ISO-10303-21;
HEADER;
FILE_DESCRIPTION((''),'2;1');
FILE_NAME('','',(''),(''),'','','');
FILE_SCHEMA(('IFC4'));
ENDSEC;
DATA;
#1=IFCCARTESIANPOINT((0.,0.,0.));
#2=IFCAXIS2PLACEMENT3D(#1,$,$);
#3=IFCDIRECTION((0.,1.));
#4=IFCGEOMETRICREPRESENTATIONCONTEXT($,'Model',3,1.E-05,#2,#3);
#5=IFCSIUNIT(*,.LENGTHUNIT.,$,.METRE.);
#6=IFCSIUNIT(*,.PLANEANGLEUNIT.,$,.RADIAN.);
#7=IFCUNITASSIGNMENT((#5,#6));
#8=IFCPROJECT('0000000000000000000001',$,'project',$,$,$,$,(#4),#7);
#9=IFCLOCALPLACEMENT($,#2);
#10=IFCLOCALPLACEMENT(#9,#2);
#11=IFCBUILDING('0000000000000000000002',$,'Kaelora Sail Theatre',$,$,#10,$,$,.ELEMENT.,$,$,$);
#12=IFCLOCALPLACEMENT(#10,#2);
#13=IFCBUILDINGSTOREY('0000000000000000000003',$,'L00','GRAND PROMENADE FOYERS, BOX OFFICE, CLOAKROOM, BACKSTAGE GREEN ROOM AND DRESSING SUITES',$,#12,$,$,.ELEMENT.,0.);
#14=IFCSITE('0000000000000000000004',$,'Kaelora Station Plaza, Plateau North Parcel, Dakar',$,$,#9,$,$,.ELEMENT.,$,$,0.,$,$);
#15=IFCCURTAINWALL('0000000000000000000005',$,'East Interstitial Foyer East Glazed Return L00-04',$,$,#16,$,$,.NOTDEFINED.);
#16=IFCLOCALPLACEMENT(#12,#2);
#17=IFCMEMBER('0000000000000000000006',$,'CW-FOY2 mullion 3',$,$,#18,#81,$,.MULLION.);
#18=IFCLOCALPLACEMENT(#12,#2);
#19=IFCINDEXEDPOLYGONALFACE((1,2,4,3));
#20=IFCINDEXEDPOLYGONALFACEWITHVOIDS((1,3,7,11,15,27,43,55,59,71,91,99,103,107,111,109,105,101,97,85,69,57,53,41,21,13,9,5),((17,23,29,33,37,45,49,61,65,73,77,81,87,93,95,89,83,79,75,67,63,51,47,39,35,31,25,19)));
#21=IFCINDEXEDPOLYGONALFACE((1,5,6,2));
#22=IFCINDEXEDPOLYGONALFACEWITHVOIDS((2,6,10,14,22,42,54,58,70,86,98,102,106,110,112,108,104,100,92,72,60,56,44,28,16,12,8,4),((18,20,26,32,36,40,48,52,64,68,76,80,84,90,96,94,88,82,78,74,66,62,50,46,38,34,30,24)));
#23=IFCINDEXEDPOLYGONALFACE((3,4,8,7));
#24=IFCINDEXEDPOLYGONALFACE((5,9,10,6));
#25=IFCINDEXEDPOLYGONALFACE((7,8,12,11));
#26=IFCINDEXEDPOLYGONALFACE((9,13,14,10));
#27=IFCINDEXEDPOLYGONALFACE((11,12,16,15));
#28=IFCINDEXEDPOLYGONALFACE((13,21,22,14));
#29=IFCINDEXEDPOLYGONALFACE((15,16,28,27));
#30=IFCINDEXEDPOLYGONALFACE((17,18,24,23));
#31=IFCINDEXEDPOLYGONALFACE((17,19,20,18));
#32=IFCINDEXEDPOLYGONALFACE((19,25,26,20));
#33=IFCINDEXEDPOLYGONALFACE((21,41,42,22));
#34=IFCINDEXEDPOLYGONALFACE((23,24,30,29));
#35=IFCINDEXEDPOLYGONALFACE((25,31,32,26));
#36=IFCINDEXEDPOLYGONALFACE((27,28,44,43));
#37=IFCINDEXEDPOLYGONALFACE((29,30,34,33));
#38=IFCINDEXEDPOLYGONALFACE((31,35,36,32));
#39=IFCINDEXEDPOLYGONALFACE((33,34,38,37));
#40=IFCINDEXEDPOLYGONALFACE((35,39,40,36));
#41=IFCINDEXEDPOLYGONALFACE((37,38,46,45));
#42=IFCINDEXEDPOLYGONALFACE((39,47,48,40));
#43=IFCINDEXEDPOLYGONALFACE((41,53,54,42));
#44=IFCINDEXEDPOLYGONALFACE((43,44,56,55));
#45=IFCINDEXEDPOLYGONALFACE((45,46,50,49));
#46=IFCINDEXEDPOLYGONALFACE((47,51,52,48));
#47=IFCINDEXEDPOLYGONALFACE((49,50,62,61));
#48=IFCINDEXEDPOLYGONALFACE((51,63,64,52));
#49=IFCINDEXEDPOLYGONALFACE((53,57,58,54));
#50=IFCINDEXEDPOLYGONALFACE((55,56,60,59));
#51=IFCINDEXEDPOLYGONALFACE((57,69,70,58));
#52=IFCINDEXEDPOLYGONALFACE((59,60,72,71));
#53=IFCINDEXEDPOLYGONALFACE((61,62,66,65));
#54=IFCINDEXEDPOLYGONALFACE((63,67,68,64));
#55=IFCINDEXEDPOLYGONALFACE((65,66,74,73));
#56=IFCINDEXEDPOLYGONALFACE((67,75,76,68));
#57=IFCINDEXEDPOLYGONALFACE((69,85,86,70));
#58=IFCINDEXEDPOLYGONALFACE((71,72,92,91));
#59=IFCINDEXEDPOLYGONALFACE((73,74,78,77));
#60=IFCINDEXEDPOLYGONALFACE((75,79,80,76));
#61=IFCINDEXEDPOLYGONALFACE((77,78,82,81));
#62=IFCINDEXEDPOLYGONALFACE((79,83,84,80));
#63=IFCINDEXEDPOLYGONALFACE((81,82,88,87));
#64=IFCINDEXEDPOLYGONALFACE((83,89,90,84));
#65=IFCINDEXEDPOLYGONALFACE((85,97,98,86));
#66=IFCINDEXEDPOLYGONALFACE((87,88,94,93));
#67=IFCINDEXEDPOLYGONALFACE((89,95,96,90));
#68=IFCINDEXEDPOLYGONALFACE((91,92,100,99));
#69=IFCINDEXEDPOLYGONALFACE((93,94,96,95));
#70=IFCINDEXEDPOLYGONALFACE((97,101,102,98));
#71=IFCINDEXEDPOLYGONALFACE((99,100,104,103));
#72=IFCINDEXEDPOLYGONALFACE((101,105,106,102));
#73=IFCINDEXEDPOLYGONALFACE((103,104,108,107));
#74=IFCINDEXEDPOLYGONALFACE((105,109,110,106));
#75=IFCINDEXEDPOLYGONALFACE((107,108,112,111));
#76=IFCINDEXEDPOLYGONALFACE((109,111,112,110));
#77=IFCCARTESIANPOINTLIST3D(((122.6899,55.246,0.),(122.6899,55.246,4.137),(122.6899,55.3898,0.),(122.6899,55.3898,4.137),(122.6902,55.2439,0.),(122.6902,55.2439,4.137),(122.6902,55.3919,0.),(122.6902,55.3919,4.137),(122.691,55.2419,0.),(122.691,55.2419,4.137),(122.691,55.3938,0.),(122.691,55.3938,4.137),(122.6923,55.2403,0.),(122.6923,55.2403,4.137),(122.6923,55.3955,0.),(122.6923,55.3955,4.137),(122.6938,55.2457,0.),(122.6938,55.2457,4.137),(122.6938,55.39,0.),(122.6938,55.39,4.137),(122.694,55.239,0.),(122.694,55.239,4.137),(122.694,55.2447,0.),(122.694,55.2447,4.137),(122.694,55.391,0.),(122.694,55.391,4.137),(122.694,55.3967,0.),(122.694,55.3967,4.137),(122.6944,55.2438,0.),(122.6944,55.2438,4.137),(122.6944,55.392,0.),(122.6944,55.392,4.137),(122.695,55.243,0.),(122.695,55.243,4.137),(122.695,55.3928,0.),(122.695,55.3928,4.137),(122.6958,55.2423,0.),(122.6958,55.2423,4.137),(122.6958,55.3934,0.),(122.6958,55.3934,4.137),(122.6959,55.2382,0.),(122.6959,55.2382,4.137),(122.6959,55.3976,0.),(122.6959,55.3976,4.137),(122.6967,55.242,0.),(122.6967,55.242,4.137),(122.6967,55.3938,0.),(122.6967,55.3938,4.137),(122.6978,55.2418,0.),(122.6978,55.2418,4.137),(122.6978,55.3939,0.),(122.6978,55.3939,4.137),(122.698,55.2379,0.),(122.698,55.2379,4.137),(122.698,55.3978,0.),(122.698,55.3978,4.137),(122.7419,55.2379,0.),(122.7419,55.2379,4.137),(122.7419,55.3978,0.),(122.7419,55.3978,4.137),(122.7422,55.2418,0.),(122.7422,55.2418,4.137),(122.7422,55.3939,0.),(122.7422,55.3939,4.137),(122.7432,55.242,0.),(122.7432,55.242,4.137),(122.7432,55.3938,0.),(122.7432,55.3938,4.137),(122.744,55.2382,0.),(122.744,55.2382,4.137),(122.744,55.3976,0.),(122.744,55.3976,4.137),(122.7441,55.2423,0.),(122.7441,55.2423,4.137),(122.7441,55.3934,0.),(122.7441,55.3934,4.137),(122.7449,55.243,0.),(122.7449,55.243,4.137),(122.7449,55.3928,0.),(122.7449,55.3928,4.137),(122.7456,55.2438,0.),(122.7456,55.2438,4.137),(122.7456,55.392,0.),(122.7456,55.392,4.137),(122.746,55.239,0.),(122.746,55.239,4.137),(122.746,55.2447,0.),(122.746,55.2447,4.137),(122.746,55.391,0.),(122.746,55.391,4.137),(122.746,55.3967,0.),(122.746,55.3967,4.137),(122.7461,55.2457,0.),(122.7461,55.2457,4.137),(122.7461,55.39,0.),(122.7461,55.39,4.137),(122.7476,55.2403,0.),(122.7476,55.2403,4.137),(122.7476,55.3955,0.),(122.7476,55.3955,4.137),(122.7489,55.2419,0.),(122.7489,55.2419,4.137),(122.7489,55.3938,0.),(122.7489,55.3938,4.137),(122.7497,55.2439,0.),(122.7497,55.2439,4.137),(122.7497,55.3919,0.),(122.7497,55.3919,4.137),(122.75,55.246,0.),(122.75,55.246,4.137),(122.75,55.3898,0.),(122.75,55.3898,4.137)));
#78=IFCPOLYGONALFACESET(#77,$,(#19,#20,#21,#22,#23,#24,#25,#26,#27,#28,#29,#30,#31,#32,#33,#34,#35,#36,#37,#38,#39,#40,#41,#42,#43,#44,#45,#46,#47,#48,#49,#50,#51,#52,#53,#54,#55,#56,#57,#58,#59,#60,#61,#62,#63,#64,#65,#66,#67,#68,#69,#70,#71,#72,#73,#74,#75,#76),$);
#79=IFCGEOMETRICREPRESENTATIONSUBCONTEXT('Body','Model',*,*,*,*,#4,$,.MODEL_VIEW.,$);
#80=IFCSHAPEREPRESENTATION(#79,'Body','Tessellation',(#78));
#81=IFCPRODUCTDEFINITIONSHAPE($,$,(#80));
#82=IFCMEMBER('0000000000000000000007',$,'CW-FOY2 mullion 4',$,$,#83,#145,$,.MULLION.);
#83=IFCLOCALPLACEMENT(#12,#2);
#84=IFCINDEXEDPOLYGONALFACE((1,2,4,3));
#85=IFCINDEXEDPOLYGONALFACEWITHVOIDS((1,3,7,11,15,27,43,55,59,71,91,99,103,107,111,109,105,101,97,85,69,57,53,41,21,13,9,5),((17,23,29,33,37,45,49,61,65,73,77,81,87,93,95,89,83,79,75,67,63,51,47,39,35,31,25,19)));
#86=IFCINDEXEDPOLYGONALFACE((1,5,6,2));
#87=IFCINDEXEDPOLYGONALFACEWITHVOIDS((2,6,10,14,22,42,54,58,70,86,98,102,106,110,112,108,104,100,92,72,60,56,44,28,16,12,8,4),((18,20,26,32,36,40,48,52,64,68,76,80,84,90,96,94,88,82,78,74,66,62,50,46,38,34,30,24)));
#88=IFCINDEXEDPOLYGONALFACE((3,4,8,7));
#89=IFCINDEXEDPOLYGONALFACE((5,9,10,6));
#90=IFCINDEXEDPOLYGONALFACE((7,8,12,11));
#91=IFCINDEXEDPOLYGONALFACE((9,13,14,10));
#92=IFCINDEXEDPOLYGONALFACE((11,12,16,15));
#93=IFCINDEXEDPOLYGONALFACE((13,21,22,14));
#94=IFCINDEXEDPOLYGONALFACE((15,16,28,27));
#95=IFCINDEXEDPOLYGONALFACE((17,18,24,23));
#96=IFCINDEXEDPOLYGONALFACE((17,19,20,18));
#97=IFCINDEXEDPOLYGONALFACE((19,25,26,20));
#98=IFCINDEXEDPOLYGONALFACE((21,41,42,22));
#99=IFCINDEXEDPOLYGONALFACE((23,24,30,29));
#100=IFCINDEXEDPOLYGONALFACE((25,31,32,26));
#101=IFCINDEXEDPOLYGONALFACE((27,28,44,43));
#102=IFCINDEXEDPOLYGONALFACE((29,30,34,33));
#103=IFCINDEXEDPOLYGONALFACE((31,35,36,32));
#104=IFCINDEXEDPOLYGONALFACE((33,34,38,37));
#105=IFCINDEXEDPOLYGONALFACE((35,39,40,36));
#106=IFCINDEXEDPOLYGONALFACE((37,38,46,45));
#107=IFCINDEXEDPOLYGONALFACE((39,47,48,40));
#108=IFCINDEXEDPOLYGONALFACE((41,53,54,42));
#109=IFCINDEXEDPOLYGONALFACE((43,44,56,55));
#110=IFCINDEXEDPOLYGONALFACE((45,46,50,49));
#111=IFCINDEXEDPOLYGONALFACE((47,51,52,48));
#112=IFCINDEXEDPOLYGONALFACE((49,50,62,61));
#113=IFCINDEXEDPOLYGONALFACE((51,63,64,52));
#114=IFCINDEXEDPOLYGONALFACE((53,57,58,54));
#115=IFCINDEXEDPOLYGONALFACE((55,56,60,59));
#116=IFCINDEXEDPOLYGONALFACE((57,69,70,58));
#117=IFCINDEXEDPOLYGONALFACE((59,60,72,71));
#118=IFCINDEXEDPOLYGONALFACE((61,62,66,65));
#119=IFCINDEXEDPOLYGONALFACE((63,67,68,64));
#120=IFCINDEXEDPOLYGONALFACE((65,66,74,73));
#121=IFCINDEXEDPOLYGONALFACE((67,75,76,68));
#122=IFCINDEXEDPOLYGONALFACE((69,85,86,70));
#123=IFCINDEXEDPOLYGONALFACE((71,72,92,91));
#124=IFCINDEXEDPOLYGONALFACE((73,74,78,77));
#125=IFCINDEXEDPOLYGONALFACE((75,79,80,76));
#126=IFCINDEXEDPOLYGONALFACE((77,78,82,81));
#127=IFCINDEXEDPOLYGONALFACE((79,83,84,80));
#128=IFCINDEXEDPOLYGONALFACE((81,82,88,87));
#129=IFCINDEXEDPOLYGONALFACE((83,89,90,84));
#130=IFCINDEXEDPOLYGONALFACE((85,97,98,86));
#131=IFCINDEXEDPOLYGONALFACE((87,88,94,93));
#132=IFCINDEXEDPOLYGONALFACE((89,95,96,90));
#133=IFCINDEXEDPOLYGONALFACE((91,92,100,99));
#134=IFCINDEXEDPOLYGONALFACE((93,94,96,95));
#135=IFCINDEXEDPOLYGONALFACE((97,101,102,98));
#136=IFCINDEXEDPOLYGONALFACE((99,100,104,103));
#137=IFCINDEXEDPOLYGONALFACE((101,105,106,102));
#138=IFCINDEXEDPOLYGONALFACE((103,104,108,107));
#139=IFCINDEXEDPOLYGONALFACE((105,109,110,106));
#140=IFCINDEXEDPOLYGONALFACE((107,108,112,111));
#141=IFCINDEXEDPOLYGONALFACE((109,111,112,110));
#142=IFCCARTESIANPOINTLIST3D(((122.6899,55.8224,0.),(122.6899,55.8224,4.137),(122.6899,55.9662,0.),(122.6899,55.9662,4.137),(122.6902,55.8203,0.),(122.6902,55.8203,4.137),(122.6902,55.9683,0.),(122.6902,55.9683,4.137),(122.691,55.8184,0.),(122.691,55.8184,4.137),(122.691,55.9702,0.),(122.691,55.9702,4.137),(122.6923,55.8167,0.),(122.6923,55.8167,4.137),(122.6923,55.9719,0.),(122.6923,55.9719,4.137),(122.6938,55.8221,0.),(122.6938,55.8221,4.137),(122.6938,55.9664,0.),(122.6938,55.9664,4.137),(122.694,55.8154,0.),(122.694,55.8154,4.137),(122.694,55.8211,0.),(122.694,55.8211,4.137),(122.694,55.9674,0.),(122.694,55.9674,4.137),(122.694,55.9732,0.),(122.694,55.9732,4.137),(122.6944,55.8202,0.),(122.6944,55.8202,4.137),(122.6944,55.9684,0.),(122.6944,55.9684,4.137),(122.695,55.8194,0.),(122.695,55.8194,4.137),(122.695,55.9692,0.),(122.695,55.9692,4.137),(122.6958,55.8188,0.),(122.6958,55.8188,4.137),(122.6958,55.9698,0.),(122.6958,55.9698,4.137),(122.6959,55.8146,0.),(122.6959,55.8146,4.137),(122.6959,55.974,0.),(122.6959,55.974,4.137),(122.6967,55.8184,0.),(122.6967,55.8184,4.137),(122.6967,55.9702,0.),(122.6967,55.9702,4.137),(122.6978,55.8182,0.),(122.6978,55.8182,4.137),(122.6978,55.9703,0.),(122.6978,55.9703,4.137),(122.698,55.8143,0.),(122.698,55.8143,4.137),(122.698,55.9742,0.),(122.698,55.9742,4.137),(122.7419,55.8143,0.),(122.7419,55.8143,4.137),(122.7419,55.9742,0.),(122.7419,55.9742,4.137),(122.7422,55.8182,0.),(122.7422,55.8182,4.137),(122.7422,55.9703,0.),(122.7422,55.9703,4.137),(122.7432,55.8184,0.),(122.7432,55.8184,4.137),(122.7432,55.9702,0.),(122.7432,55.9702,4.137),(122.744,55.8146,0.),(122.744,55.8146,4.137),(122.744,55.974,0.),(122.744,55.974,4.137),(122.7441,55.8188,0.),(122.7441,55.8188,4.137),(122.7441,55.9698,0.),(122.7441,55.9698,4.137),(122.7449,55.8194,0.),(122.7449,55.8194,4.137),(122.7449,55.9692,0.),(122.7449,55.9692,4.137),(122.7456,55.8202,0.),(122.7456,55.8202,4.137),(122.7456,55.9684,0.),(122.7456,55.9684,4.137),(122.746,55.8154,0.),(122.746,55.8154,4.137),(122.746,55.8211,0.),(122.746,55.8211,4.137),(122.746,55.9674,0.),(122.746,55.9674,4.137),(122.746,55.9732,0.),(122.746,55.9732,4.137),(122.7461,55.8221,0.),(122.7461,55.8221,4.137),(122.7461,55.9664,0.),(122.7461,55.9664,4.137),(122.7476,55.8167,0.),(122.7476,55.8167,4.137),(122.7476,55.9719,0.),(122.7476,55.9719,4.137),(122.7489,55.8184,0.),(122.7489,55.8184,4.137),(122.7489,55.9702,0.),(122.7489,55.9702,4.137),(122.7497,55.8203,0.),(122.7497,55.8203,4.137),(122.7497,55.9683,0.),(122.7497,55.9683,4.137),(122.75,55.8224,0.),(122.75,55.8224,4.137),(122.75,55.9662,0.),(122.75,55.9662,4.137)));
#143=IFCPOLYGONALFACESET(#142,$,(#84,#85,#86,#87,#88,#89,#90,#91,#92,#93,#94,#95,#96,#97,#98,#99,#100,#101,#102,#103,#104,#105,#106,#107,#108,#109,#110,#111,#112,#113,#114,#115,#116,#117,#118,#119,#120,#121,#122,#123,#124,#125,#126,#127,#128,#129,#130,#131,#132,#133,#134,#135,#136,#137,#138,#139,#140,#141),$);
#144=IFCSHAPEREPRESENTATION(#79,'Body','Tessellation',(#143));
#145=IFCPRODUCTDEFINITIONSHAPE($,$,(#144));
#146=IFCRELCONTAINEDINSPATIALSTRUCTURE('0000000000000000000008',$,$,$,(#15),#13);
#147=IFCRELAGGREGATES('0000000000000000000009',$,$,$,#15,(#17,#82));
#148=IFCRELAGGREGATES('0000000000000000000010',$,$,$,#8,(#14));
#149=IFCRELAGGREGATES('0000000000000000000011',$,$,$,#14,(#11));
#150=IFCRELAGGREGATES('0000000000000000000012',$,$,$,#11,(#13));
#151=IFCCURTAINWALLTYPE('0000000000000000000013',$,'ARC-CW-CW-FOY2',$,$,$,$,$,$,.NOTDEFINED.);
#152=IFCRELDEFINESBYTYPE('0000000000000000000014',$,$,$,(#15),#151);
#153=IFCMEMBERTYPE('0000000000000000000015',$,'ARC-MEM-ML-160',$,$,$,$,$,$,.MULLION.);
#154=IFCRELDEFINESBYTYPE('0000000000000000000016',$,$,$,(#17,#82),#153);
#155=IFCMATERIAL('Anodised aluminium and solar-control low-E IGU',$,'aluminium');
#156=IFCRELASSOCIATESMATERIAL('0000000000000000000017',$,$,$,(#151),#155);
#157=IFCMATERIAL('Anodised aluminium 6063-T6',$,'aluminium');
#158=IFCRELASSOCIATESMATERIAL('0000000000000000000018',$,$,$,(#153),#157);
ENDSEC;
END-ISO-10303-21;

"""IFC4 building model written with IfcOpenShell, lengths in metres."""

from ifc_helpers import new_model, si_unit, direction, frame, origin, origin_2d, place, context, subcontext, project, spatial, hollow_rectangle, extrude, material, material_profile, profile_set, type_object, element, aggregate, save


model = new_model("IFC4")

# Units and contexts
model_context = context("Model", 3, precision=1e-05, world=origin(), true_north=direction((0.0, 1.0)))
body_context = subcontext(model_context, "Body", "Model", "MODEL_VIEW")
ifc_project = project(units=[si_unit("LENGTHUNIT", "METRE"), si_unit("PLANEANGLEUNIT", "RADIAN")], contexts=[model_context])

# Site, building, storey
site_placement = place(None, origin())
site = spatial("IfcSite", under=ifc_project, at=site_placement, Name="Kaelora Station Plaza, Plateau North Parcel, Dakar", CompositionType="ELEMENT", RefElevation=0.0)
building_placement = place(site_placement, origin())
building = spatial("IfcBuilding", under=site, at=building_placement, Name="Kaelora Sail Theatre", CompositionType="ELEMENT")
storey_placement = place(building_placement, origin())
storey = spatial("IfcBuildingStorey", under=building, at=storey_placement, Name="L00", Description="GRAND PROMENADE FOYERS, BOX OFFICE, CLOAKROOM, BACKSTAGE GREEN ROOM AND DRESSING SUITES", CompositionType="ELEMENT", Elevation=0.0)

# Curtain wall, members
ifc_material_1 = material(Name="Anodised aluminium and solar-control low-E IGU", Category="aluminium")
curtain_wall_type = type_object("IfcCurtainWallType", Name="ARC-CW-CW-FOY2", PredefinedType="NOTDEFINED", material=ifc_material_1)
curtain_wall_placement = place(storey_placement, origin())
curtain_wall = element("IfcCurtainWall", 1, at=curtain_wall_placement, inside=storey, type_object=curtain_wall_type, Name="East Interstitial Foyer East Glazed Return L00-04", PredefinedType="NOTDEFINED")
ifc_material_2 = material(Name="Anodised aluminium 6063-T6", Category="aluminium")
ifc_material_profile_1 = material_profile(ifc_material_2, hollow_rectangle(XDim=0.0601, YDim=0.1599, WallThickness=0.0039, InnerFilletRadius=0.0039, OuterFilletRadius=0.0081, at=origin_2d()), Name="ALU-MULL 60x160x4")
ifc_profile_set_1 = profile_set([ifc_material_profile_1], Name="Anodised aluminium 6063-T6")
member_type_1 = type_object("IfcMemberType", Name="ARC-MEM-ML-160", PredefinedType="MULLION", material=ifc_profile_set_1)
member_1_placement = place(storey_placement, frame((122.72, 55.3179, 0.0), z_axis=(0.0, 0.0, 1.0), x_axis=(-1.0, 0.0, 0.0)))
member_1 = element("IfcMember", 2, at=member_1_placement, type_object=member_type_1, Name="CW-FOY2 mullion 3", PredefinedType="MULLION", context=body_context, shape_type="SweptSolid", body=[
    extrude(hollow_rectangle(XDim=0.0601, YDim=0.1599, WallThickness=0.0039, InnerFilletRadius=0.0039, OuterFilletRadius=0.0081, at=origin_2d()), origin(), (0.0, 0.0, 1.0), 4.137),
])
member_2_placement = place(storey_placement, frame((122.72, 55.8943, 0.0), z_axis=(0.0, 0.0, 1.0), x_axis=(-1.0, 0.0, 0.0)))
member_2 = element("IfcMember", 3, at=member_2_placement, type_object=member_type_1, Name="CW-FOY2 mullion 4", PredefinedType="MULLION", context=body_context, shape_type="SweptSolid", body=[
    extrude(hollow_rectangle(XDim=0.0601, YDim=0.1599, WallThickness=0.0039, InnerFilletRadius=0.0039, OuterFilletRadius=0.0081, at=origin_2d()), origin(), (0.0, 0.0, 1.0), 4.137),
])
aggregate(curtain_wall, [member_1, member_2])

save(model, "model.ifc")
